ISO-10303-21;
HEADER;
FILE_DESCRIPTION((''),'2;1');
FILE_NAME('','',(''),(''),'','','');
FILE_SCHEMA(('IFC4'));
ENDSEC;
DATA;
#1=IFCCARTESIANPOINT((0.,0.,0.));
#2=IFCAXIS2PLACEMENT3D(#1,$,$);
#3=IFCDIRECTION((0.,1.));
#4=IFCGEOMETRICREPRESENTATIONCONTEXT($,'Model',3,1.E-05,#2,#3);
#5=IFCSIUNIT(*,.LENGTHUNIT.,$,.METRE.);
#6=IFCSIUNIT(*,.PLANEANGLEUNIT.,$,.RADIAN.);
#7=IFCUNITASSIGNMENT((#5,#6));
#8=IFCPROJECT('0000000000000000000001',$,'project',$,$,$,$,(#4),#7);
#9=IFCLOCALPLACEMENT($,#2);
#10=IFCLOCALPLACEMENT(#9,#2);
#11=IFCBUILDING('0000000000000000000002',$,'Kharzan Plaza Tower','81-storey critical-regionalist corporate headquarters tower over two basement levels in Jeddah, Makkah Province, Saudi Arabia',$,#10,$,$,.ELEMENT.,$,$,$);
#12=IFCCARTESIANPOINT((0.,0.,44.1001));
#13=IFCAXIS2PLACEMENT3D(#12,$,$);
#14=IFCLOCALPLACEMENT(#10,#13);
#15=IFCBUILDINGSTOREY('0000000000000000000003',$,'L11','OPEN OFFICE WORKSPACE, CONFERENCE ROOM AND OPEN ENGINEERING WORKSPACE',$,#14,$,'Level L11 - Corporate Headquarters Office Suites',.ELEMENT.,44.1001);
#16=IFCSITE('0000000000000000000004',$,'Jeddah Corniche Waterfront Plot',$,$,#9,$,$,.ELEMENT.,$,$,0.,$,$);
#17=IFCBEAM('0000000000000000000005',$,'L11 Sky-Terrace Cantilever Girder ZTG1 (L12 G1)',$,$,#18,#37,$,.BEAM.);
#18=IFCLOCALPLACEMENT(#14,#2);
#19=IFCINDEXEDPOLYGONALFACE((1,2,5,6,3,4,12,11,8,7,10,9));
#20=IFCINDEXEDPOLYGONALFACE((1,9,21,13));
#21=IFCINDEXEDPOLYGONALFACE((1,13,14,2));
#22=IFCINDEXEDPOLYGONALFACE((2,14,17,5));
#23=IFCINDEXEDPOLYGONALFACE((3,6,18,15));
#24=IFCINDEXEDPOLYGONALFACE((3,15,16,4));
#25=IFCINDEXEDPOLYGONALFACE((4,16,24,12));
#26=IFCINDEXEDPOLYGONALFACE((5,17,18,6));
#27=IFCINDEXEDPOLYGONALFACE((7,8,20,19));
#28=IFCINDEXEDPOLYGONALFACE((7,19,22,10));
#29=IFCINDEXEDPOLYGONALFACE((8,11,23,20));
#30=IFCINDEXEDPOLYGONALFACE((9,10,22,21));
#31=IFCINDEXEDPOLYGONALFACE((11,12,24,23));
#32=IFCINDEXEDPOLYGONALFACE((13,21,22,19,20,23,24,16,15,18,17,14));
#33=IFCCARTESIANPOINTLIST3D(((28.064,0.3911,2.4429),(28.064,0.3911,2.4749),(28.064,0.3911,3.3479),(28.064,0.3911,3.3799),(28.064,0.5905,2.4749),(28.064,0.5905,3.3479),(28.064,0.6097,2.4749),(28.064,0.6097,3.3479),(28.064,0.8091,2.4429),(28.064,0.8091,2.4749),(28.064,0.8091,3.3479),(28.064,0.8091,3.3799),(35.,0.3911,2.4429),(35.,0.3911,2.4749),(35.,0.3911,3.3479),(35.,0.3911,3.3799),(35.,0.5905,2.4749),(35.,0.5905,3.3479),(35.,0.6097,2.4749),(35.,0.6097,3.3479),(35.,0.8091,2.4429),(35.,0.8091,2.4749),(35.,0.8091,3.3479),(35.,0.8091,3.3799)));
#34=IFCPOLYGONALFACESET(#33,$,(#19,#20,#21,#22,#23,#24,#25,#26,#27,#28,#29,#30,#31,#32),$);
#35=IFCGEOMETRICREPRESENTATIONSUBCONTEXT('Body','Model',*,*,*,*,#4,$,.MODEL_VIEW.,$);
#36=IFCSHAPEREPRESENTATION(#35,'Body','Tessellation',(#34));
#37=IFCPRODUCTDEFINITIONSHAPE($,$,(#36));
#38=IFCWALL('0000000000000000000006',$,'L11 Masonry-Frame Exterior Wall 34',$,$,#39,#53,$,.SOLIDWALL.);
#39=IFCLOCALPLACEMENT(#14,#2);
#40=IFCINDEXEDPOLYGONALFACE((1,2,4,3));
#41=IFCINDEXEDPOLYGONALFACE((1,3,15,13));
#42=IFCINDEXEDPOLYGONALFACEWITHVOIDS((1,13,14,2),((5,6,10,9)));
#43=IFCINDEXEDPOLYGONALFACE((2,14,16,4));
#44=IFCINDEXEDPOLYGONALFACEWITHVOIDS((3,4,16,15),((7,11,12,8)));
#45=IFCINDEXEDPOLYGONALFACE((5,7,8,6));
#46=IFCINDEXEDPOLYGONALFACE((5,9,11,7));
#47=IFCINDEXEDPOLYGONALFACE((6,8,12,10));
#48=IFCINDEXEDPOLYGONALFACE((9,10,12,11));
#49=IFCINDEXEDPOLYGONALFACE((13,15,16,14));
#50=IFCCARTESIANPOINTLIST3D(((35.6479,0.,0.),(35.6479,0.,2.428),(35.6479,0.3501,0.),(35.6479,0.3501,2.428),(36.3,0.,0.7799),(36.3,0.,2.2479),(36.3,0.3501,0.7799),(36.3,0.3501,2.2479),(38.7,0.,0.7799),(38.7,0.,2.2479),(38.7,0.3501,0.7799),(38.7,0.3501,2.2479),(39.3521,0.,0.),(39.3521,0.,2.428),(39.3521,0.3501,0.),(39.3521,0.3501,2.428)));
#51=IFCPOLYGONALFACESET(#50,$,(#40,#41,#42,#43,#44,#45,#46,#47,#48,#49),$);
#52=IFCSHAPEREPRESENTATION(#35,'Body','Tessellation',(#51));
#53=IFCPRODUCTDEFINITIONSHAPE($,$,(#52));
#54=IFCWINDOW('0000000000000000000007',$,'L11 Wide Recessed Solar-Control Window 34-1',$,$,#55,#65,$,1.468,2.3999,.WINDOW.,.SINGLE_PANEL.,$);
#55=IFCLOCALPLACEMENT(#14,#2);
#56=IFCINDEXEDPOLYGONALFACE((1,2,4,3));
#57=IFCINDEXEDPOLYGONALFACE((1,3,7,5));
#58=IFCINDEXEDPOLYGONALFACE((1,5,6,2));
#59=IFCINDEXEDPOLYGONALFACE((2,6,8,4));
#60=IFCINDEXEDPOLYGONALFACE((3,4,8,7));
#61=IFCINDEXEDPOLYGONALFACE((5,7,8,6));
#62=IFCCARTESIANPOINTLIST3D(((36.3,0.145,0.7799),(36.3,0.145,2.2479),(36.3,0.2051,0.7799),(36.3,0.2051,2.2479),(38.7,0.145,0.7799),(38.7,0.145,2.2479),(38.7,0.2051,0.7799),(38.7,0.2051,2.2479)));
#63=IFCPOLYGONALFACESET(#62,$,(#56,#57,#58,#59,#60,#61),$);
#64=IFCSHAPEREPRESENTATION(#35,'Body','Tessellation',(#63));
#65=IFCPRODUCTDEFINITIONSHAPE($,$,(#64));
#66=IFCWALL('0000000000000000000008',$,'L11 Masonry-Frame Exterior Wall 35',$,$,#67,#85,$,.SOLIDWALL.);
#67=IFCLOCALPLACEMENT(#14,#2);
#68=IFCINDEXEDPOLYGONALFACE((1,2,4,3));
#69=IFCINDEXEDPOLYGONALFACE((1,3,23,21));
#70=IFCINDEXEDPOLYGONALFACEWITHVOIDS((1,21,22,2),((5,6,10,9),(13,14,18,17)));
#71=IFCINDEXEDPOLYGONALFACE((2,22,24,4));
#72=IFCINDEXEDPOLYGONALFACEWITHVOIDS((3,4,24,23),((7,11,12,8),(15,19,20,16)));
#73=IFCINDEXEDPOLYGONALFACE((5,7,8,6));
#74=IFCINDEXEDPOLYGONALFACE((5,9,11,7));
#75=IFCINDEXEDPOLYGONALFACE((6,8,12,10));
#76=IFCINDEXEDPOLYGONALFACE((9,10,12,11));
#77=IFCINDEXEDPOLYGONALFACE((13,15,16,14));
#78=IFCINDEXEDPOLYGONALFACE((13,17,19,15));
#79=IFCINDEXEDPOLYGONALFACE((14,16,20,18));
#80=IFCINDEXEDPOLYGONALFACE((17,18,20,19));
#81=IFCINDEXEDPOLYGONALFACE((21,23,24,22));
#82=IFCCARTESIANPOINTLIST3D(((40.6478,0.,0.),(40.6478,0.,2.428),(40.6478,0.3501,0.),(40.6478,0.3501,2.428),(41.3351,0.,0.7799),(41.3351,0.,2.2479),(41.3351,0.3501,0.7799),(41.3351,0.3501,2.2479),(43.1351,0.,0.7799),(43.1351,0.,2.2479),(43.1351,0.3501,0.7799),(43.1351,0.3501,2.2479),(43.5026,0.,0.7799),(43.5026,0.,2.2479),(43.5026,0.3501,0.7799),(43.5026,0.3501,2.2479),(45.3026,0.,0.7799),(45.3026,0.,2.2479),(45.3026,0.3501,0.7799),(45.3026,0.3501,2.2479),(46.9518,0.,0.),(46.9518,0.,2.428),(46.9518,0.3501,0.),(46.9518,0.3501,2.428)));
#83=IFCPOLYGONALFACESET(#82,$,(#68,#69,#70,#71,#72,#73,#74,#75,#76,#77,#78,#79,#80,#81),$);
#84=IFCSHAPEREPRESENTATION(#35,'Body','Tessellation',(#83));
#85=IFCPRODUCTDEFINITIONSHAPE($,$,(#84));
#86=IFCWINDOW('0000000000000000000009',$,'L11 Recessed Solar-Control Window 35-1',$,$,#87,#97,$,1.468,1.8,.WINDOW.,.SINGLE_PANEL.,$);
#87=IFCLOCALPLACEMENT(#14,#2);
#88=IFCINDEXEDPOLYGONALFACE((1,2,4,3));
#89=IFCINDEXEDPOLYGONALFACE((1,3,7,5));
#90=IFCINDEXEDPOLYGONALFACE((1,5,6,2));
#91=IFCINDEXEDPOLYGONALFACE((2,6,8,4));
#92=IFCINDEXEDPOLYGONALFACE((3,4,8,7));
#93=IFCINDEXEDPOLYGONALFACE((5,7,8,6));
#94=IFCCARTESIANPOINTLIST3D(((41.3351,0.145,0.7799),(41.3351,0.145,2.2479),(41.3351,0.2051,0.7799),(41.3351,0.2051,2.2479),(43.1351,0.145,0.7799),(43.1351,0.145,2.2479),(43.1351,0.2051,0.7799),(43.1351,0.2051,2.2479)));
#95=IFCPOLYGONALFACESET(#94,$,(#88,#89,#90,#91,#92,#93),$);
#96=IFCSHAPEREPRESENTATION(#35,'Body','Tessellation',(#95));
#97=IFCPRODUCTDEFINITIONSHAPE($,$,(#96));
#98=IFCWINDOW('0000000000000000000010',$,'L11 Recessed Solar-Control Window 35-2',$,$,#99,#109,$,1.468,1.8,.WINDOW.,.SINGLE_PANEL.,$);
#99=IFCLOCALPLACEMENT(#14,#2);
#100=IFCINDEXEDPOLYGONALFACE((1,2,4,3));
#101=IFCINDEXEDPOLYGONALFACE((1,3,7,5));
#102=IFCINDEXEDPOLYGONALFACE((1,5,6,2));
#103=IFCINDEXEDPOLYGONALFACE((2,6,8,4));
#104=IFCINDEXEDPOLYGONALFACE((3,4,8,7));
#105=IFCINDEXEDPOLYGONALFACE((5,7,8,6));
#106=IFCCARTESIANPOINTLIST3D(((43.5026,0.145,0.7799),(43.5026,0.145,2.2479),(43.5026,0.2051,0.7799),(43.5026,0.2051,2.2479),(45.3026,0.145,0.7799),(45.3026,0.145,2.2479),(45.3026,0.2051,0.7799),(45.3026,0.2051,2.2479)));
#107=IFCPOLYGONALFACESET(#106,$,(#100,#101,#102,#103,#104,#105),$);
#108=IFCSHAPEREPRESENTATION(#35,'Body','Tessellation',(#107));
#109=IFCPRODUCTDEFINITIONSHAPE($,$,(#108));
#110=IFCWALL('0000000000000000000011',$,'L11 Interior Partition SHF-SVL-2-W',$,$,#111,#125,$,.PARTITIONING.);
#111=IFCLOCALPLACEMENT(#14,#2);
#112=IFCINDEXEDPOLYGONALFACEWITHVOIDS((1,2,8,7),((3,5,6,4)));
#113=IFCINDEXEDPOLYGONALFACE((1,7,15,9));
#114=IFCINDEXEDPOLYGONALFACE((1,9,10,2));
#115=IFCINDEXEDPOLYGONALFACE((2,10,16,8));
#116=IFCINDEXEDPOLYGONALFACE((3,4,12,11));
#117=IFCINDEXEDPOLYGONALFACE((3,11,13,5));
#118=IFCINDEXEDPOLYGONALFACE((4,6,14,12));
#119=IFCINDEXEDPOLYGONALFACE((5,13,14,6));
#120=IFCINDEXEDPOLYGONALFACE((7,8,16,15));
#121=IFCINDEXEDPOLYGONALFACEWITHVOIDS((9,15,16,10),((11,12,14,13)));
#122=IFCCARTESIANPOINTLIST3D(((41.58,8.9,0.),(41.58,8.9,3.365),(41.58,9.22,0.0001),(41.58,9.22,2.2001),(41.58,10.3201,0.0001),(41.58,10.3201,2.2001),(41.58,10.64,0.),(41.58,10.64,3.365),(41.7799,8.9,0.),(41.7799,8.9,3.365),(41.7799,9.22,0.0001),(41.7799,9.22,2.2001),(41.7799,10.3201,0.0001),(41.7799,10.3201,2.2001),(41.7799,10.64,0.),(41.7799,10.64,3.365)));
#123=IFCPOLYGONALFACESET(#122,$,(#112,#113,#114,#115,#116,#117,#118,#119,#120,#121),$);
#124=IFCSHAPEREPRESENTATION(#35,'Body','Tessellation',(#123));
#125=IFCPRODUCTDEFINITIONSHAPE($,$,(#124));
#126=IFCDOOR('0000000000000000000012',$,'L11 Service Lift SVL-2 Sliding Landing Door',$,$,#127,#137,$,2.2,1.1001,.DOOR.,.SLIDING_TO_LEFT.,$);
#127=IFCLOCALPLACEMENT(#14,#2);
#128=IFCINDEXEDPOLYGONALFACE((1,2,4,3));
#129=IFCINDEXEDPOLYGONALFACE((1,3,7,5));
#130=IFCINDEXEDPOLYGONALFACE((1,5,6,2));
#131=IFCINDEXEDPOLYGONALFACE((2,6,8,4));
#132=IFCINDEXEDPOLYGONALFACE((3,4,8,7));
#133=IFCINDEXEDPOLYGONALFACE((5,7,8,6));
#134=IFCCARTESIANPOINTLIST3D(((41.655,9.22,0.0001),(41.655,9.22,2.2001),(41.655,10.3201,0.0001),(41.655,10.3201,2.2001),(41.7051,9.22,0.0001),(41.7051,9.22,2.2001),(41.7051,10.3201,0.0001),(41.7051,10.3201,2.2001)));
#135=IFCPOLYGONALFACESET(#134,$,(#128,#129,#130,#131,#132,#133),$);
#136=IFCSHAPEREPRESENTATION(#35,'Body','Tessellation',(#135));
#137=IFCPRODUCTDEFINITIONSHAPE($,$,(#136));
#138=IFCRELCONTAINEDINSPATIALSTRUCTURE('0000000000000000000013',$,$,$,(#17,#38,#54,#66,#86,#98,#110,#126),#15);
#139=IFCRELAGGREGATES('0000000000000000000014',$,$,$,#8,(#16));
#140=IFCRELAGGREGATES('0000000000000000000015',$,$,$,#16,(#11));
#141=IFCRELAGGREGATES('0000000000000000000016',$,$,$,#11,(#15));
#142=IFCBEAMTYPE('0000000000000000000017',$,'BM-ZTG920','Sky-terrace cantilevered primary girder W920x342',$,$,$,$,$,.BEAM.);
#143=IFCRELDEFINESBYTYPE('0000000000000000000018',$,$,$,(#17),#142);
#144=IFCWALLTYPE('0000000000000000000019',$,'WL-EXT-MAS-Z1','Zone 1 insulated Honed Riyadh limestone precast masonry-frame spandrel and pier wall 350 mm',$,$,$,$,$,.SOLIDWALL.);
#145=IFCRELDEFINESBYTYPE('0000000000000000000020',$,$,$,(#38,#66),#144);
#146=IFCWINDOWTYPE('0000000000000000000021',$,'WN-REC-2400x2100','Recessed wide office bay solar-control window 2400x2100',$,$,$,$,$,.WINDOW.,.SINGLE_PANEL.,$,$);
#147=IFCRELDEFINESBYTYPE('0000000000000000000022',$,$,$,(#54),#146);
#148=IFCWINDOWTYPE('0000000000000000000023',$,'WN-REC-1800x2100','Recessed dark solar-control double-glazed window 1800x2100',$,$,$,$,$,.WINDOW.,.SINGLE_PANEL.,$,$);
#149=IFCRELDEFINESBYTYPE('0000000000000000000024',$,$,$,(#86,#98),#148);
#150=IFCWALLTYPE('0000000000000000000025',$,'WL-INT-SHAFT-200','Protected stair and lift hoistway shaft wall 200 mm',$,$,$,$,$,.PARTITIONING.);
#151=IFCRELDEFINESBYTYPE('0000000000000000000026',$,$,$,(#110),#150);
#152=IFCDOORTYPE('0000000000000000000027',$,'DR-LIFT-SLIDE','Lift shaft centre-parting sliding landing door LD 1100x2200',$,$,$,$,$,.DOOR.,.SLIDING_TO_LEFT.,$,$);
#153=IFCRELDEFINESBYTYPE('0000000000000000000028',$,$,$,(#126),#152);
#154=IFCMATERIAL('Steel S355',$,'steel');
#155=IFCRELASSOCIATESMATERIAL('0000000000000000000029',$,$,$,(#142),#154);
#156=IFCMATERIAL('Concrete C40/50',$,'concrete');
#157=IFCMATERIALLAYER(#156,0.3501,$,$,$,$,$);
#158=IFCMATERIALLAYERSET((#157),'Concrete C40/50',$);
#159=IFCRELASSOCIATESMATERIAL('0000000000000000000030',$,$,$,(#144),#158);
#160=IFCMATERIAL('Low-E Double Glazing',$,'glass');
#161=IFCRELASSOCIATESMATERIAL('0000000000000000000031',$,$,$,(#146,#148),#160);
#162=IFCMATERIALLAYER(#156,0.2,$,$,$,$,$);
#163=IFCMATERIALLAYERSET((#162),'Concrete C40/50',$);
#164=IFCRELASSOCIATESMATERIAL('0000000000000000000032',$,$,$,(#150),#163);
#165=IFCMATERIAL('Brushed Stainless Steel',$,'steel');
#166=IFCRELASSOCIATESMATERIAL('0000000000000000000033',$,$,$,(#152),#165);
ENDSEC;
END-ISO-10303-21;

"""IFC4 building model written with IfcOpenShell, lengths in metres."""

from ifc_helpers import new_model, si_unit, direction, frame, frame_2d, origin, origin_2d, place, context, subcontext, project, spatial, rectangle, i_section, extrude, source, transform, mapped, material, layer, layer_set, material_profile, profile_set, type_object, element, fill, save


model = new_model("IFC4")

# Units and contexts
model_context = context("Model", 3, precision=1e-05, world=origin(), true_north=direction((0.0, 1.0)))
body_context = subcontext(model_context, "Body", "Model", "MODEL_VIEW")
ifc_project = project(units=[si_unit("LENGTHUNIT", "METRE"), si_unit("PLANEANGLEUNIT", "RADIAN")], contexts=[model_context])

# Site, building, storey
site_placement = place(None, origin())
site = spatial("IfcSite", under=ifc_project, at=site_placement, Name="Jeddah Corniche Waterfront Plot", CompositionType="ELEMENT", RefElevation=0.0)
building_placement = place(site_placement, origin())
building = spatial("IfcBuilding", under=site, at=building_placement, Name="Kharzan Plaza Tower", Description="81-storey critical-regionalist corporate headquarters tower over two basement levels in Jeddah, Makkah Province, Saudi Arabia", CompositionType="ELEMENT")
storey_placement = place(building_placement, frame((0.0, 0.0, 44.1001)))
storey = spatial("IfcBuildingStorey", under=building, at=storey_placement, Name="L11", Description="OPEN OFFICE WORKSPACE, CONFERENCE ROOM AND OPEN ENGINEERING WORKSPACE", LongName="Level L11 - Corporate Headquarters Office Suites", CompositionType="ELEMENT", Elevation=44.1001)

# Beam
ifc_material_1 = material(Name="Steel S355", Category="steel")
ifc_material_profile_1 = material_profile(ifc_material_1, i_section(OverallWidth=0.418, OverallDepth=0.937, WebThickness=0.0193, FlangeThickness=0.032, at=origin_2d()), Name="W920x342")
ifc_profile_set_1 = profile_set([ifc_material_profile_1], Name="Steel S355")
beam_type_1 = type_object("IfcBeamType", Name="BM-ZTG920", Description="Sky-terrace cantilevered primary girder W920x342", PredefinedType="BEAM", material=ifc_profile_set_1)
shared_shape_1 = source(origin(), body_context, "Body", "SweptSolid", [
    extrude(i_section(OverallWidth=0.418, OverallDepth=0.937, WebThickness=0.0193, FlangeThickness=0.032, at=origin_2d()), origin(), (0.0, 0.0, 1.0), 6.936),
])
beam_1_placement = place(storey_placement, frame((35.0, 0.6001, 2.9114), z_axis=(-1.0, 0.0, 0.0), x_axis=(0.0, -1.0, 0.0)))
element("IfcBeam", 1, at=beam_1_placement, inside=storey, type_object=beam_type_1, Name="L11 Sky-Terrace Cantilever Girder ZTG1 (L12 G1)", PredefinedType="BEAM", context=body_context, shape_type="MappedRepresentation", body=[
    mapped(shared_shape_1, transform((0.0, 0.0, 0.0), x_axis=(1.0, 0.0, 0.0), y_axis=(0.0, 1.0, 0.0), z_axis=(0.0, 0.0, 1.0))),
])

# Wall, opening, window
ifc_material_2 = material(Name="Concrete C40/50", Category="concrete")
ifc_layer_1 = layer(ifc_material_2, 0.3501)
ifc_layer_set_1 = layer_set([ifc_layer_1], Name="Concrete C40/50")
wall_type_1 = type_object("IfcWallType", Name="WL-EXT-MAS-Z1", Description="Zone 1 insulated Honed Riyadh limestone precast masonry-frame spandrel and pier wall 350 mm", PredefinedType="SOLIDWALL", material=ifc_layer_set_1)
wall_1_placement = place(storey_placement, frame((35.6479, 0.175, 0.0), z_axis=(0.0, 0.0, 1.0), x_axis=(1.0, 0.0, 0.0)))
wall_1 = element("IfcWall", 2, at=wall_1_placement, inside=storey, type_object=wall_type_1, Name="L11 Masonry-Frame Exterior Wall 34", PredefinedType="SOLIDWALL", context=body_context, shape_type="SweptSolid", body=[
    extrude(rectangle(XDim=3.7041, YDim=0.3501, at=frame_2d((1.8521, 0.0))), origin(), (0.0, 0.0, 1.0), 2.428),
])
opening_1_placement = place(wall_1_placement, frame((0.6521, 0.0, 0.78)))
opening_1 = element("IfcOpeningElement", 3, at=opening_1_placement, cuts=wall_1, PredefinedType="OPENING", context=body_context, shape_type="SweptSolid", body=[
    extrude(rectangle(XDim=2.3999, YDim=1.468, at=frame_2d((1.2, 0.7339))), frame((0.0, 0.1851, 0.0), z_axis=(0.0, -1.0, 0.0), x_axis=(1.0, 0.0, 0.0)), (0.0, 0.0, 1.0), 0.3701),
])
ifc_material_3 = material(Name="Low-E Double Glazing", Category="glass")
window_type_1 = type_object("IfcWindowType", Name="WN-REC-2400x2100", Description="Recessed wide office bay solar-control window 2400x2100", PartitioningType="SINGLE_PANEL", PredefinedType="WINDOW", material=ifc_material_3)
shared_shape_2 = source(origin(), body_context, "Body", "SweptSolid", [
    extrude(rectangle(XDim=2.3999, YDim=1.468, at=frame_2d((1.2, 0.7339))), frame((0.0, 0.03, 0.0), z_axis=(0.0, -1.0, 0.0), x_axis=(1.0, 0.0, 0.0)), (0.0, 0.0, 1.0), 0.0601),
])
window_1_placement = place(opening_1_placement, origin())
window_1 = element("IfcWindow", 4, at=window_1_placement, inside=storey, type_object=window_type_1, Name="L11 Wide Recessed Solar-Control Window 34-1", OverallHeight=1.468, OverallWidth=2.3999, PartitioningType="SINGLE_PANEL", PredefinedType="WINDOW", context=body_context, shape_type="MappedRepresentation", body=[
    mapped(shared_shape_2, transform((0.0, 0.0, 0.0), x_axis=(1.0, 0.0, 0.0), y_axis=(0.0, 1.0, 0.0), z_axis=(0.0, 0.0, 1.0))),
])
fill(opening_1, window_1)

# Wall, openings, windows
wall_2_placement = place(storey_placement, frame((40.6479, 0.175, 0.0), z_axis=(0.0, 0.0, 1.0), x_axis=(1.0, 0.0, 0.0)))
wall_2 = element("IfcWall", 5, at=wall_2_placement, inside=storey, type_object=wall_type_1, Name="L11 Masonry-Frame Exterior Wall 35", PredefinedType="SOLIDWALL", context=body_context, shape_type="SweptSolid", body=[
    extrude(rectangle(XDim=6.304, YDim=0.3501, at=frame_2d((3.1519, 0.0))), origin(), (0.0, 0.0, 1.0), 2.428),
])
opening_2_placement = place(wall_2_placement, frame((0.6873, 0.0, 0.78)))
opening_2 = element("IfcOpeningElement", 6, at=opening_2_placement, cuts=wall_2, PredefinedType="OPENING", context=body_context, shape_type="SweptSolid", body=[
    extrude(rectangle(XDim=1.8, YDim=1.468, at=frame_2d((0.8999, 0.7339))), frame((0.0, 0.1851, 0.0), z_axis=(0.0, -1.0, 0.0), x_axis=(1.0, 0.0, 0.0)), (0.0, 0.0, 1.0), 0.3701),
])
opening_3_placement = place(wall_2_placement, frame((2.8547, 0.0, 0.78)))
opening_3 = element("IfcOpeningElement", 7, at=opening_3_placement, cuts=wall_2, PredefinedType="OPENING", context=body_context, shape_type="SweptSolid", body=[
    extrude(rectangle(XDim=1.8, YDim=1.468, at=frame_2d((0.8999, 0.7339))), frame((0.0, 0.1851, 0.0), z_axis=(0.0, -1.0, 0.0), x_axis=(1.0, 0.0, 0.0)), (0.0, 0.0, 1.0), 0.3701),
])
window_type_2 = type_object("IfcWindowType", Name="WN-REC-1800x2100", Description="Recessed dark solar-control double-glazed window 1800x2100", PartitioningType="SINGLE_PANEL", PredefinedType="WINDOW", material=ifc_material_3)
shared_shape_3 = source(origin(), body_context, "Body", "SweptSolid", [
    extrude(rectangle(XDim=1.8, YDim=1.468, at=frame_2d((0.8999, 0.7339))), frame((0.0, 0.03, 0.0), z_axis=(0.0, -1.0, 0.0), x_axis=(1.0, 0.0, 0.0)), (0.0, 0.0, 1.0), 0.0601),
])
window_2_placement = place(opening_2_placement, origin())
window_2 = element("IfcWindow", 8, at=window_2_placement, inside=storey, type_object=window_type_2, Name="L11 Recessed Solar-Control Window 35-1", OverallHeight=1.468, OverallWidth=1.8, PartitioningType="SINGLE_PANEL", PredefinedType="WINDOW", context=body_context, shape_type="MappedRepresentation", body=[
    mapped(shared_shape_3, transform((0.0, 0.0, 0.0), x_axis=(1.0, 0.0, 0.0), y_axis=(0.0, 1.0, 0.0), z_axis=(0.0, 0.0, 1.0))),
])
fill(opening_2, window_2)
window_3_placement = place(opening_3_placement, origin())
window_3 = element("IfcWindow", 9, at=window_3_placement, inside=storey, type_object=window_type_2, Name="L11 Recessed Solar-Control Window 35-2", OverallHeight=1.468, OverallWidth=1.8, PartitioningType="SINGLE_PANEL", PredefinedType="WINDOW", context=body_context, shape_type="MappedRepresentation", body=[
    mapped(shared_shape_3, transform((0.0, 0.0, 0.0), x_axis=(1.0, 0.0, 0.0), y_axis=(0.0, 1.0, 0.0), z_axis=(0.0, 0.0, 1.0))),
])
fill(opening_3, window_3)

# Wall, opening, door
ifc_layer_2 = layer(ifc_material_2, 0.2)
ifc_layer_set_2 = layer_set([ifc_layer_2], Name="Concrete C40/50")
wall_type_2 = type_object("IfcWallType", Name="WL-INT-SHAFT-200", Description="Protected stair and lift hoistway shaft wall 200 mm", PredefinedType="PARTITIONING", material=ifc_layer_set_2)
wall_3_placement = place(storey_placement, frame((41.6799, 8.8999, 0.0), z_axis=(0.0, 0.0, 1.0), x_axis=(0.0, 1.0, 0.0)))
wall_3 = element("IfcWall", 10, at=wall_3_placement, inside=storey, type_object=wall_type_2, Name="L11 Interior Partition SHF-SVL-2-W", PredefinedType="PARTITIONING", context=body_context, shape_type="SweptSolid", body=[
    extrude(rectangle(XDim=1.74, YDim=0.2, at=frame_2d((0.8701, 0.0))), origin(), (0.0, 0.0, 1.0), 3.365),
])
opening_4_placement = place(wall_3_placement, frame((0.3201, 0.0, 0.0)))
opening_4 = element("IfcOpeningElement", 11, at=opening_4_placement, cuts=wall_3, PredefinedType="OPENING", context=body_context, shape_type="SweptSolid", body=[
    extrude(rectangle(XDim=1.1001, YDim=2.2, at=frame_2d((0.55, 1.1001))), frame((0.0, 0.1099, 0.0), z_axis=(0.0, -1.0, 0.0), x_axis=(1.0, 0.0, 0.0)), (0.0, 0.0, 1.0), 0.22),
])
ifc_material_4 = material(Name="Brushed Stainless Steel", Category="steel")
door_type_1 = type_object("IfcDoorType", Name="DR-LIFT-SLIDE", Description="Lift shaft centre-parting sliding landing door LD 1100x2200", OperationType="SLIDING_TO_LEFT", PredefinedType="DOOR", material=ifc_material_4)
shared_shape_4 = source(origin(), body_context, "Body", "SweptSolid", [
    extrude(rectangle(XDim=1.1001, YDim=2.2, at=frame_2d((0.55, 1.1001))), frame((0.0, 0.0249, 0.0), z_axis=(0.0, -1.0, 0.0), x_axis=(1.0, 0.0, 0.0)), (0.0, 0.0, 1.0), 0.05),
])
door_1_placement = place(opening_4_placement, origin())
door_1 = element("IfcDoor", 12, at=door_1_placement, inside=storey, type_object=door_type_1, Name="L11 Service Lift SVL-2 Sliding Landing Door", OperationType="SLIDING_TO_LEFT", OverallHeight=2.2, OverallWidth=1.1001, PredefinedType="DOOR", context=body_context, shape_type="MappedRepresentation", body=[
    mapped(shared_shape_4, transform((0.0, 0.0, 0.0), x_axis=(1.0, 0.0, 0.0), y_axis=(0.0, 1.0, 0.0), z_axis=(0.0, 0.0, 1.0))),
])
fill(opening_4, door_1)

save(model, "model.ifc")
